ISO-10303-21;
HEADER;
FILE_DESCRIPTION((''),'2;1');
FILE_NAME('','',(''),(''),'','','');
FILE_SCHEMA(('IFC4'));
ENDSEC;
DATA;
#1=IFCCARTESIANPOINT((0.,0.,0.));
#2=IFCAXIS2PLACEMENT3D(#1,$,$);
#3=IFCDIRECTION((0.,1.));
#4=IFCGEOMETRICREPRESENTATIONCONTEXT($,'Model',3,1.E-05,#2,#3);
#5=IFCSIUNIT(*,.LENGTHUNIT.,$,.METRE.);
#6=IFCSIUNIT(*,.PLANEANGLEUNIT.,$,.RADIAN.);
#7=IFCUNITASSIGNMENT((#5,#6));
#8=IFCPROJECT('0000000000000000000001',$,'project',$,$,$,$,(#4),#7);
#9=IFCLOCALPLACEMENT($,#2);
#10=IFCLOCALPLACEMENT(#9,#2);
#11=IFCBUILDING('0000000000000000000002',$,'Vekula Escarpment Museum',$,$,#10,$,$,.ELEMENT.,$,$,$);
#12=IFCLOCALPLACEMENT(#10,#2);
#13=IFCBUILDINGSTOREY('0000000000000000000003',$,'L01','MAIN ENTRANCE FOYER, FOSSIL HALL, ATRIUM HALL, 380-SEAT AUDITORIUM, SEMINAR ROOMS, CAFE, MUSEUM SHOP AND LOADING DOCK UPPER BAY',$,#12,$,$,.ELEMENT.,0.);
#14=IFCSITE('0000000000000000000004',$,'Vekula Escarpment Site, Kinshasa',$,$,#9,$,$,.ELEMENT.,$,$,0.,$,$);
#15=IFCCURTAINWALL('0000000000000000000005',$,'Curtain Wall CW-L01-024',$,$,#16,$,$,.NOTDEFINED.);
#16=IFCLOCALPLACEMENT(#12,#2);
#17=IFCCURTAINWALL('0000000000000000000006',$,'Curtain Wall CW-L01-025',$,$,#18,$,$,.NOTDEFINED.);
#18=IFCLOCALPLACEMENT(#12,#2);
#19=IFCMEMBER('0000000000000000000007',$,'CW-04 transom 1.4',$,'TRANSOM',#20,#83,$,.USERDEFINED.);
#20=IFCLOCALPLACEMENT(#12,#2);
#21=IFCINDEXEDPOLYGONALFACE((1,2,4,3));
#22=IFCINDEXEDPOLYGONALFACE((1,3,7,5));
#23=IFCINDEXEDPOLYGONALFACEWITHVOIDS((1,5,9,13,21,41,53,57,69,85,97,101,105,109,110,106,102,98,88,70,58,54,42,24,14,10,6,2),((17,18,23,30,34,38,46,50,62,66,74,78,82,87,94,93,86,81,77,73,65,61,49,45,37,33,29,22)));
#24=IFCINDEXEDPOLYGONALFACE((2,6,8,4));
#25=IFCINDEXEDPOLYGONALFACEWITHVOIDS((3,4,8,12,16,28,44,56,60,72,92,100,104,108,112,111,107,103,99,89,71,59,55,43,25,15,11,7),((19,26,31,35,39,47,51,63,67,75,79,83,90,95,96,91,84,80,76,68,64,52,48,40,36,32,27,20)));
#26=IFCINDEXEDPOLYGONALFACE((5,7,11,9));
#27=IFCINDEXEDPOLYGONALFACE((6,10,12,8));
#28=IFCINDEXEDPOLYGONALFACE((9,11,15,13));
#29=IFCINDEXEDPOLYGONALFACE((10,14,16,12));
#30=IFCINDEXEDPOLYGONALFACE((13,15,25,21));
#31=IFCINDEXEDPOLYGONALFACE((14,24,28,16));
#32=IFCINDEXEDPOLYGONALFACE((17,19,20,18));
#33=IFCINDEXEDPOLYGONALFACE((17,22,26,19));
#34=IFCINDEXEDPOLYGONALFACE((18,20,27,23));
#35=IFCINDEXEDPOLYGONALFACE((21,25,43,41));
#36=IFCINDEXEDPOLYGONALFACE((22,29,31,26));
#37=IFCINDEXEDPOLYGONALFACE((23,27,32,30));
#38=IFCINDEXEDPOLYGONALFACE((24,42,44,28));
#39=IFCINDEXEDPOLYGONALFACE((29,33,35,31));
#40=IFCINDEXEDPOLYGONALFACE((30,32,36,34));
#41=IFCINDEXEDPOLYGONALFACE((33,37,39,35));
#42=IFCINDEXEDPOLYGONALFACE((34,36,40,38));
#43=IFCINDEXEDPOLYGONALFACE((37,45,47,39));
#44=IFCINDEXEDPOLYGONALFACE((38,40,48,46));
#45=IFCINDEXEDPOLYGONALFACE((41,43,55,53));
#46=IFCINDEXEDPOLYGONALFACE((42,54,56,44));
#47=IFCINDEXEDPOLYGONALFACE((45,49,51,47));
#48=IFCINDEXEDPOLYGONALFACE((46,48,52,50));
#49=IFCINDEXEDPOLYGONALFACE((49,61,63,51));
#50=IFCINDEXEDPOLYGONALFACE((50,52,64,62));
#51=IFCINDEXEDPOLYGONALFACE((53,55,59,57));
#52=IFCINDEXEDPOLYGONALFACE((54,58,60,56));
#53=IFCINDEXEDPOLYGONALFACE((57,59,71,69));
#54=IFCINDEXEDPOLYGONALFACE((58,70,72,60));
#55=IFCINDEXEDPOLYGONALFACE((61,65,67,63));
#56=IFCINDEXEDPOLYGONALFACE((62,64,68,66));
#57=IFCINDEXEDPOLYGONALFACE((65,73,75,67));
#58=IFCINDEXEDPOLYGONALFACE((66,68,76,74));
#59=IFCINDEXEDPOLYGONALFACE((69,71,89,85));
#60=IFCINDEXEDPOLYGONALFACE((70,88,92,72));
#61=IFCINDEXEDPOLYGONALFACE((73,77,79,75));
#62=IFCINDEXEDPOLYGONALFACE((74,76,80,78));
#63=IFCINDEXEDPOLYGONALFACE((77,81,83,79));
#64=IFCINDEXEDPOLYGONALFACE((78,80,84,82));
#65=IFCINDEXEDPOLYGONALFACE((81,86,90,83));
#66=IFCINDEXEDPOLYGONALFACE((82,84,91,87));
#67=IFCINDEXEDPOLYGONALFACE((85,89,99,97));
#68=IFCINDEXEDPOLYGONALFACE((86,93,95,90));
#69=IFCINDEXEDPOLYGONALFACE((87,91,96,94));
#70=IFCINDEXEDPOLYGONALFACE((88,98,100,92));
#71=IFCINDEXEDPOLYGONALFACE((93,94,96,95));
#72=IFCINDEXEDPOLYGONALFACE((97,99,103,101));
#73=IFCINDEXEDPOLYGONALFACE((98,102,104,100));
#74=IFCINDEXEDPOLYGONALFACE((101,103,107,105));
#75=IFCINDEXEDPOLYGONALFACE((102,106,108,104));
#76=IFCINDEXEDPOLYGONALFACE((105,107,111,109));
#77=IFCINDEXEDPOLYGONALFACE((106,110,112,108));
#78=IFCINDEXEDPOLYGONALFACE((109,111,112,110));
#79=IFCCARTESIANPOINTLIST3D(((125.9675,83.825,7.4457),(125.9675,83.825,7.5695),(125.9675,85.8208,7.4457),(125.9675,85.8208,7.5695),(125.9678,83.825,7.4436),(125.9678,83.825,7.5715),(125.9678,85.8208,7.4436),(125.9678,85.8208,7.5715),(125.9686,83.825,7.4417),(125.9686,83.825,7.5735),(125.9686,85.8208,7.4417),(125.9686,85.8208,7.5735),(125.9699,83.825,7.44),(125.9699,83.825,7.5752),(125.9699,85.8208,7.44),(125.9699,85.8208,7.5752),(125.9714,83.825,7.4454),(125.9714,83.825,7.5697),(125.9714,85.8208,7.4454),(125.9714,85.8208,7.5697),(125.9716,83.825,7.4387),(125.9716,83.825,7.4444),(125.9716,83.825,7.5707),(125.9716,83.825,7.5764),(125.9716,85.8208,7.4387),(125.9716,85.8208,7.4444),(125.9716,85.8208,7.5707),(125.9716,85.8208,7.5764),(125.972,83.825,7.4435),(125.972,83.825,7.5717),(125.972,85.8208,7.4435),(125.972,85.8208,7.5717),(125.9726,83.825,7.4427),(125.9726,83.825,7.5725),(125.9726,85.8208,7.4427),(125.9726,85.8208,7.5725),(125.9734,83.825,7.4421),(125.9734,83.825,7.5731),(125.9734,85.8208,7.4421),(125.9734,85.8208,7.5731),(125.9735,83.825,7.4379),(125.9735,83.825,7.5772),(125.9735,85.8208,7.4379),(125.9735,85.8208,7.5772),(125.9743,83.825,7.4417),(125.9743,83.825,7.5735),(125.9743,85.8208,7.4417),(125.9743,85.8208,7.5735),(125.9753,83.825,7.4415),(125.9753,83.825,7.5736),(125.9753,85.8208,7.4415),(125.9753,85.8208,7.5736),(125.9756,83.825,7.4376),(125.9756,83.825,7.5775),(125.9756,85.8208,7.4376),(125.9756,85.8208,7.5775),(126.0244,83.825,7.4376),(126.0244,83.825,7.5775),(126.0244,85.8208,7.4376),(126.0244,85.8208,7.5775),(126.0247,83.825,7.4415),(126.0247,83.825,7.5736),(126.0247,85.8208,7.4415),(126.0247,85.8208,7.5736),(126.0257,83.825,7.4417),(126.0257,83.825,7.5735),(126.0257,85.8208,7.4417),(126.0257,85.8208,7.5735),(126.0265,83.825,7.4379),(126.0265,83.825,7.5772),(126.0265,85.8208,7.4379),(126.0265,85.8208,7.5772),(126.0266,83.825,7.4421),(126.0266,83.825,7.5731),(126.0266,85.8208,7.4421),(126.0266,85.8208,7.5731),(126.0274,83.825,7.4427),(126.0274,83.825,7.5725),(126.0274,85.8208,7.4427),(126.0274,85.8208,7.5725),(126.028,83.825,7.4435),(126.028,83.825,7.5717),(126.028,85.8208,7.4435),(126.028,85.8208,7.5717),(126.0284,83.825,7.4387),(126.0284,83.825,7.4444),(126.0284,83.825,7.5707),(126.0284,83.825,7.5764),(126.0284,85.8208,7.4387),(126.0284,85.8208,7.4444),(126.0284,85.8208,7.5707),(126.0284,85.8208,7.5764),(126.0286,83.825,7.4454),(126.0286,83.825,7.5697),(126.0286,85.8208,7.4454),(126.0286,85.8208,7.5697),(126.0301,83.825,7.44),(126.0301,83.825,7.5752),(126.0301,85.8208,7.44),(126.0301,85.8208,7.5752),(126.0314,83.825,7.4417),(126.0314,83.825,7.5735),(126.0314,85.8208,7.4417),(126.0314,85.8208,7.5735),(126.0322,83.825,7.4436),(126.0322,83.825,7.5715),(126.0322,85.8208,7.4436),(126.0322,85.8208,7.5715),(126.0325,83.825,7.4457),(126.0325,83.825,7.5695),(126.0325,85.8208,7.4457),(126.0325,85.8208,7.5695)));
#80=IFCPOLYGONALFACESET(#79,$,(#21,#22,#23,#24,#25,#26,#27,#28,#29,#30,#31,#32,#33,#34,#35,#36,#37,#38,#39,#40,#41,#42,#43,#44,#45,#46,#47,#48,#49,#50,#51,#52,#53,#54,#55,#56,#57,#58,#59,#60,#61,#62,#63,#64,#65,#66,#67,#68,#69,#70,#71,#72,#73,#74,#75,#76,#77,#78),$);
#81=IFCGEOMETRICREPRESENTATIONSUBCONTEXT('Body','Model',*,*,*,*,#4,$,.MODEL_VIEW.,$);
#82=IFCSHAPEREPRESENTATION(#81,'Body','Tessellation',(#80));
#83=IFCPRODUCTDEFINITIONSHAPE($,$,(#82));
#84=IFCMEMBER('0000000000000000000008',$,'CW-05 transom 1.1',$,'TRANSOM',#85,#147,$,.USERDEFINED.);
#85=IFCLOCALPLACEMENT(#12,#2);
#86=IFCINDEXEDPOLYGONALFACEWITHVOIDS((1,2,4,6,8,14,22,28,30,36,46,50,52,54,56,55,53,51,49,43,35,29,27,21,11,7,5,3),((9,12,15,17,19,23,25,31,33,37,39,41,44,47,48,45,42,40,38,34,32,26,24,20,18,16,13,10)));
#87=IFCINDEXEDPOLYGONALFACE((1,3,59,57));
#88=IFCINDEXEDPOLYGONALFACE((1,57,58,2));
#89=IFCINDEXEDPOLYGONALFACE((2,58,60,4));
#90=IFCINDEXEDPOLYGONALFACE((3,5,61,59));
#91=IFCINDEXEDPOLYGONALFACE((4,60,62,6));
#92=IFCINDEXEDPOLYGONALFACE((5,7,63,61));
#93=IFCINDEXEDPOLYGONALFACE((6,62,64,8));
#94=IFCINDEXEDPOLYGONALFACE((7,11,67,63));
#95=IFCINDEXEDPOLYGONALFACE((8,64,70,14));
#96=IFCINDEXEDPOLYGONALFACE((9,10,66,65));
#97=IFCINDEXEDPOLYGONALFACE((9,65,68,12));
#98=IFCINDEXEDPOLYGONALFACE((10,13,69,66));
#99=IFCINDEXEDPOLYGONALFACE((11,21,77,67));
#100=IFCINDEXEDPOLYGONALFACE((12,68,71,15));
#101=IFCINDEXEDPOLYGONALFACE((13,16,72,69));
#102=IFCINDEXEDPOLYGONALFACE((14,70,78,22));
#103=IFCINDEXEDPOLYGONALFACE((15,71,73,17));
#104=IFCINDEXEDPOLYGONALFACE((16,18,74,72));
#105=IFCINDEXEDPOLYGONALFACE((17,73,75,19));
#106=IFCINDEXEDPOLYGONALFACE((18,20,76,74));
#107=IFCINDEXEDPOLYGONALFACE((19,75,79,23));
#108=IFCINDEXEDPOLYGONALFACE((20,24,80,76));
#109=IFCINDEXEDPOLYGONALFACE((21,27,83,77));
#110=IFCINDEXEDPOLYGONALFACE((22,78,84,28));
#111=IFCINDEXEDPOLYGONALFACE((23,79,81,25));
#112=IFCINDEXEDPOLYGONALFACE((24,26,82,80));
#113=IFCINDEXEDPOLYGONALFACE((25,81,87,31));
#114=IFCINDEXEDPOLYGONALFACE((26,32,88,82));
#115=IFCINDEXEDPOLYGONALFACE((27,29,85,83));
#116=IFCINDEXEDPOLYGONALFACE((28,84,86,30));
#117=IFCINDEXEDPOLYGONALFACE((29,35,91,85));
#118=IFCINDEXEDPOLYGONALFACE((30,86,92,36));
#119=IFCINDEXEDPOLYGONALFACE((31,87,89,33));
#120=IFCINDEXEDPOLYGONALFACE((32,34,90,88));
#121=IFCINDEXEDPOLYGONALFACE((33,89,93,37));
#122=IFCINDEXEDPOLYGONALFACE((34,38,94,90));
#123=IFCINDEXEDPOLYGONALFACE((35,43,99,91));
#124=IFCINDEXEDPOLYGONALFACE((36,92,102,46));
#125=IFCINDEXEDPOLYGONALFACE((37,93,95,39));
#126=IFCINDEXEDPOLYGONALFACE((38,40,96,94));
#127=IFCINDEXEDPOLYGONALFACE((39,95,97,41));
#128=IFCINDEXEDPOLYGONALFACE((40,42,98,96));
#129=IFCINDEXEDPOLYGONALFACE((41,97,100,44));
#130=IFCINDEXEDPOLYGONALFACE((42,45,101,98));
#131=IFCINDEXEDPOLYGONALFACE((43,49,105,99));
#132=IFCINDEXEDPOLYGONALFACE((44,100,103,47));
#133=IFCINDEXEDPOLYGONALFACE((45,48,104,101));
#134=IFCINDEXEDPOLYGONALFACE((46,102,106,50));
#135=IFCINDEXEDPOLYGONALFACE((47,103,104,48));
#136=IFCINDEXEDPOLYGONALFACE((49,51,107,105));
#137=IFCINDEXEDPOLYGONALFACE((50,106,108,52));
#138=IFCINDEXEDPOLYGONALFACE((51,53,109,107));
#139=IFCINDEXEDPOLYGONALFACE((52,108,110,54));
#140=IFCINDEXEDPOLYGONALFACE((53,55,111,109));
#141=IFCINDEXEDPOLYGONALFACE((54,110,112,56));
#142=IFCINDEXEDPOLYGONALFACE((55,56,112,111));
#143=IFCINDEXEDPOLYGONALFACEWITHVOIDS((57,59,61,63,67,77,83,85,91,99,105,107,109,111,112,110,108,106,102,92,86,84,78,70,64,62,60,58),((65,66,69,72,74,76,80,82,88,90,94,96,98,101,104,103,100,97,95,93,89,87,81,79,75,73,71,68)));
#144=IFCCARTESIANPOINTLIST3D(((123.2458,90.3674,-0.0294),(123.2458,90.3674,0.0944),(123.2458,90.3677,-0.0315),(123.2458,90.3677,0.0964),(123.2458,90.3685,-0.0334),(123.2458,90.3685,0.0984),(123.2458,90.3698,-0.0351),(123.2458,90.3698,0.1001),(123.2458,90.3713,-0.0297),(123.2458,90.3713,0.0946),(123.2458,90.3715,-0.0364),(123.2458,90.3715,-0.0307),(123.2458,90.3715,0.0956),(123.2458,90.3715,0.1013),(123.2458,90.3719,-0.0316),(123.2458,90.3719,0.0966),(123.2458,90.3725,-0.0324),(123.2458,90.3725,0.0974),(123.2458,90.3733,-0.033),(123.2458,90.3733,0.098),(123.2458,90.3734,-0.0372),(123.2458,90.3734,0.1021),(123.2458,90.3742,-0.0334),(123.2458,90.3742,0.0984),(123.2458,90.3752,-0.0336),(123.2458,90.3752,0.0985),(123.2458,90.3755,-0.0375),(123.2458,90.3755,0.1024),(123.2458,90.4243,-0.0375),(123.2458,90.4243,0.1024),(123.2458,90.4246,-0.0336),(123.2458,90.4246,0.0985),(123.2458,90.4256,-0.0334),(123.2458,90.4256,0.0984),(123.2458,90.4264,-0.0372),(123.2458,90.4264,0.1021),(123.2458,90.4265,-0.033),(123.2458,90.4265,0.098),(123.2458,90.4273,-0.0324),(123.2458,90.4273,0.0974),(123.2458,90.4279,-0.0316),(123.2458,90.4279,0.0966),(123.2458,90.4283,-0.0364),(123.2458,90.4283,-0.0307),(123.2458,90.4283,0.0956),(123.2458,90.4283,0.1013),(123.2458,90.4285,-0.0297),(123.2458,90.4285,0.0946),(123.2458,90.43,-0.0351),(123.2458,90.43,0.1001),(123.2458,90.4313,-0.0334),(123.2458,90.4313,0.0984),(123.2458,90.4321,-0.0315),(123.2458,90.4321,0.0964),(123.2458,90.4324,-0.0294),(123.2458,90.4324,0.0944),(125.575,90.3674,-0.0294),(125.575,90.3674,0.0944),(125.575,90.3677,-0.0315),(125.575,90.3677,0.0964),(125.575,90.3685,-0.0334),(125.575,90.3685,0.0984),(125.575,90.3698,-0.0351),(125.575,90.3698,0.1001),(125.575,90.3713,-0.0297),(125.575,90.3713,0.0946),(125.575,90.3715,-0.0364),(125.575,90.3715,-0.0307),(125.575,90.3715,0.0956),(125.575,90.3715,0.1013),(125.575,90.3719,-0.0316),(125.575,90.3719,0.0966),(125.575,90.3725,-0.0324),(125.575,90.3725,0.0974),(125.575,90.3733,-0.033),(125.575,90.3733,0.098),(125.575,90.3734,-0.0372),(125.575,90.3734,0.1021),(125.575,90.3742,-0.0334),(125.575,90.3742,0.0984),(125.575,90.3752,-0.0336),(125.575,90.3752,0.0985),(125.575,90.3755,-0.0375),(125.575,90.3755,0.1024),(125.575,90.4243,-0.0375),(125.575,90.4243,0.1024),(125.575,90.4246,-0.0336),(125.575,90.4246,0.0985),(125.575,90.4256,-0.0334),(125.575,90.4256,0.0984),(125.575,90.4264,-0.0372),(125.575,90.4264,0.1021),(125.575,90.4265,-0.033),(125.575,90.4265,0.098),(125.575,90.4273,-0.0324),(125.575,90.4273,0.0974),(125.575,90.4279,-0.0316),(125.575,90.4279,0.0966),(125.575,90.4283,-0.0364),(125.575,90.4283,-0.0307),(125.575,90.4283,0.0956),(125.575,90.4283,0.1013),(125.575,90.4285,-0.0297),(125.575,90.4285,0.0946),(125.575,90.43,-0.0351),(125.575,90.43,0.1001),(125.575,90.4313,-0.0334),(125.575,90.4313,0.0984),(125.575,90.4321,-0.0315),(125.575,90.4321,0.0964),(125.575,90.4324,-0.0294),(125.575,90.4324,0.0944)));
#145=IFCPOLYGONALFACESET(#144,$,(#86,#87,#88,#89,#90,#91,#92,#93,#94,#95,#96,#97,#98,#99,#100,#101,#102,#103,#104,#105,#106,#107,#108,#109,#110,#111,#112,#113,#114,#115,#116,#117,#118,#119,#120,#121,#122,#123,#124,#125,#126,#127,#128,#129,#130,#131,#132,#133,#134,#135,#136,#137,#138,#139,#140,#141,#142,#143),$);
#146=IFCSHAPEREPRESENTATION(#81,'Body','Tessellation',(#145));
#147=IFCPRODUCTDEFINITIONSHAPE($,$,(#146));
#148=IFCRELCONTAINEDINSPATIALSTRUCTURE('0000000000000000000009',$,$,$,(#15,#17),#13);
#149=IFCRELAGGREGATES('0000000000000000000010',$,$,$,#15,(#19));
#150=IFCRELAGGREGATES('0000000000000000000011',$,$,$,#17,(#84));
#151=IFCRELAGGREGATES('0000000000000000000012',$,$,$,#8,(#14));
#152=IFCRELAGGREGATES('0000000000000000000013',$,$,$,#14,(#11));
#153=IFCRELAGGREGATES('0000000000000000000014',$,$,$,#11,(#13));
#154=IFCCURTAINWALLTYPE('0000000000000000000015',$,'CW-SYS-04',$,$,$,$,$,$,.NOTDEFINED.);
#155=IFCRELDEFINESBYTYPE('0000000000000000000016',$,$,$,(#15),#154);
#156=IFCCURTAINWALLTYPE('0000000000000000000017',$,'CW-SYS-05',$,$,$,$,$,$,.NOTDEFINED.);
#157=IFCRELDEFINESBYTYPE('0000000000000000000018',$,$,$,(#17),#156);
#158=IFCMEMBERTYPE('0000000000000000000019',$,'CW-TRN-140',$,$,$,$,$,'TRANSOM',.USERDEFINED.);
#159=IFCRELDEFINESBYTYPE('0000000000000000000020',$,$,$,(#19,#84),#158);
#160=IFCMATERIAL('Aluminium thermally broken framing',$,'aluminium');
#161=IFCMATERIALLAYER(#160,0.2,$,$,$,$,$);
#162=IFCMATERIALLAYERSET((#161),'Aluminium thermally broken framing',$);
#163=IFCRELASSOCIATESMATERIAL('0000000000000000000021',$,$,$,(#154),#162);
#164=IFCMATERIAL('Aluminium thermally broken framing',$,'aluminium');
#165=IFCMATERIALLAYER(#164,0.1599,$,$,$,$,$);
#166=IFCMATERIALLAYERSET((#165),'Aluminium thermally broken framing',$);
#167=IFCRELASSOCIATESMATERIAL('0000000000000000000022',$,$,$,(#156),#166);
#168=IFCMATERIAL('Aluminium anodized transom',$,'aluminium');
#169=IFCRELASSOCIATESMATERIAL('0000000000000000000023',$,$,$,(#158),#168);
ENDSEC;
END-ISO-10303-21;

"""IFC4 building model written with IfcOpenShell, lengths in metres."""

from ifc_helpers import new_model, si_unit, direction, frame, origin, origin_2d, place, context, subcontext, project, spatial, hollow_rectangle, extrude, material, layer, layer_set, material_profile, profile_set, type_object, element, aggregate, save


model = new_model("IFC4")

# Units and contexts
model_context = context("Model", 3, precision=1e-05, world=origin(), true_north=direction((0.0, 1.0)))
body_context = subcontext(model_context, "Body", "Model", "MODEL_VIEW")
ifc_project = project(units=[si_unit("LENGTHUNIT", "METRE"), si_unit("PLANEANGLEUNIT", "RADIAN")], contexts=[model_context])

# Site, building, storey
site_placement = place(None, origin())
site = spatial("IfcSite", under=ifc_project, at=site_placement, Name="Vekula Escarpment Site, Kinshasa", CompositionType="ELEMENT", RefElevation=0.0)
building_placement = place(site_placement, origin())
building = spatial("IfcBuilding", under=site, at=building_placement, Name="Vekula Escarpment Museum", CompositionType="ELEMENT")
storey_placement = place(building_placement, origin())
storey = spatial("IfcBuildingStorey", under=building, at=storey_placement, Name="L01", Description="MAIN ENTRANCE FOYER, FOSSIL HALL, ATRIUM HALL, 380-SEAT AUDITORIUM, SEMINAR ROOMS, CAFE, MUSEUM SHOP AND LOADING DOCK UPPER BAY", CompositionType="ELEMENT", Elevation=0.0)

# Curtain walls
ifc_material_1 = material(Name="Aluminium thermally broken framing", Category="aluminium")
ifc_layer_1 = layer(ifc_material_1, 0.2)
ifc_layer_set_1 = layer_set([ifc_layer_1], Name="Aluminium thermally broken framing")
curtain_wall_type_1 = type_object("IfcCurtainWallType", Name="CW-SYS-04", PredefinedType="NOTDEFINED", material=ifc_layer_set_1)
curtain_wall_1_placement = place(storey_placement, origin())
curtain_wall_1 = element("IfcCurtainWall", 1, at=curtain_wall_1_placement, inside=storey, type_object=curtain_wall_type_1, Name="Curtain Wall CW-L01-024", PredefinedType="NOTDEFINED")
ifc_material_2 = material(Name="Aluminium thermally broken framing", Category="aluminium")
ifc_layer_2 = layer(ifc_material_2, 0.1599)
ifc_layer_set_2 = layer_set([ifc_layer_2], Name="Aluminium thermally broken framing")
curtain_wall_type_2 = type_object("IfcCurtainWallType", Name="CW-SYS-05", PredefinedType="NOTDEFINED", material=ifc_layer_set_2)
curtain_wall_2_placement = place(storey_placement, origin())
curtain_wall_2 = element("IfcCurtainWall", 2, at=curtain_wall_2_placement, inside=storey, type_object=curtain_wall_type_2, Name="Curtain Wall CW-L01-025", PredefinedType="NOTDEFINED")

# Members
ifc_material_3 = material(Name="Aluminium anodized transom", Category="aluminium")
ifc_material_profile_1 = material_profile(ifc_material_3, hollow_rectangle(XDim=0.0649, YDim=0.1399, WallThickness=0.0039, InnerFilletRadius=0.0039, OuterFilletRadius=0.0081, at=origin_2d()), Name="ALU 140x65x4")
ifc_profile_set_1 = profile_set([ifc_material_profile_1], Name="Aluminium anodized transom")
member_type_1 = type_object("IfcMemberType", Name="CW-TRN-140", ElementType="TRANSOM", PredefinedType="USERDEFINED", material=ifc_profile_set_1)
member_1_placement = place(storey_placement, frame((126.0, 83.825, 7.5076), z_axis=(0.0, 1.0, 0.0), x_axis=(-1.0, 0.0, 0.0)))
member_1 = element("IfcMember", 3, at=member_1_placement, type_object=member_type_1, Name="CW-04 transom 1.4", ObjectType="TRANSOM", PredefinedType="USERDEFINED", context=body_context, shape_type="SweptSolid", body=[
    extrude(hollow_rectangle(XDim=0.0649, YDim=0.1399, WallThickness=0.0039, InnerFilletRadius=0.0039, OuterFilletRadius=0.0081, at=origin_2d()), origin(), (0.0, 0.0, 1.0), 1.9958),
])
member_2_placement = place(storey_placement, frame((125.575, 90.3999, 0.0325), z_axis=(-1.0, 0.0, 0.0), x_axis=(0.0, -1.0, 0.0)))
member_2 = element("IfcMember", 4, at=member_2_placement, type_object=member_type_1, Name="CW-05 transom 1.1", ObjectType="TRANSOM", PredefinedType="USERDEFINED", context=body_context, shape_type="SweptSolid", body=[
    extrude(hollow_rectangle(XDim=0.0649, YDim=0.1399, WallThickness=0.0039, InnerFilletRadius=0.0039, OuterFilletRadius=0.0081, at=origin_2d()), origin(), (0.0, 0.0, 1.0), 2.3291),
])

aggregate(curtain_wall_1, [member_1])
aggregate(curtain_wall_2, [member_2])

save(model, "model.ifc")
